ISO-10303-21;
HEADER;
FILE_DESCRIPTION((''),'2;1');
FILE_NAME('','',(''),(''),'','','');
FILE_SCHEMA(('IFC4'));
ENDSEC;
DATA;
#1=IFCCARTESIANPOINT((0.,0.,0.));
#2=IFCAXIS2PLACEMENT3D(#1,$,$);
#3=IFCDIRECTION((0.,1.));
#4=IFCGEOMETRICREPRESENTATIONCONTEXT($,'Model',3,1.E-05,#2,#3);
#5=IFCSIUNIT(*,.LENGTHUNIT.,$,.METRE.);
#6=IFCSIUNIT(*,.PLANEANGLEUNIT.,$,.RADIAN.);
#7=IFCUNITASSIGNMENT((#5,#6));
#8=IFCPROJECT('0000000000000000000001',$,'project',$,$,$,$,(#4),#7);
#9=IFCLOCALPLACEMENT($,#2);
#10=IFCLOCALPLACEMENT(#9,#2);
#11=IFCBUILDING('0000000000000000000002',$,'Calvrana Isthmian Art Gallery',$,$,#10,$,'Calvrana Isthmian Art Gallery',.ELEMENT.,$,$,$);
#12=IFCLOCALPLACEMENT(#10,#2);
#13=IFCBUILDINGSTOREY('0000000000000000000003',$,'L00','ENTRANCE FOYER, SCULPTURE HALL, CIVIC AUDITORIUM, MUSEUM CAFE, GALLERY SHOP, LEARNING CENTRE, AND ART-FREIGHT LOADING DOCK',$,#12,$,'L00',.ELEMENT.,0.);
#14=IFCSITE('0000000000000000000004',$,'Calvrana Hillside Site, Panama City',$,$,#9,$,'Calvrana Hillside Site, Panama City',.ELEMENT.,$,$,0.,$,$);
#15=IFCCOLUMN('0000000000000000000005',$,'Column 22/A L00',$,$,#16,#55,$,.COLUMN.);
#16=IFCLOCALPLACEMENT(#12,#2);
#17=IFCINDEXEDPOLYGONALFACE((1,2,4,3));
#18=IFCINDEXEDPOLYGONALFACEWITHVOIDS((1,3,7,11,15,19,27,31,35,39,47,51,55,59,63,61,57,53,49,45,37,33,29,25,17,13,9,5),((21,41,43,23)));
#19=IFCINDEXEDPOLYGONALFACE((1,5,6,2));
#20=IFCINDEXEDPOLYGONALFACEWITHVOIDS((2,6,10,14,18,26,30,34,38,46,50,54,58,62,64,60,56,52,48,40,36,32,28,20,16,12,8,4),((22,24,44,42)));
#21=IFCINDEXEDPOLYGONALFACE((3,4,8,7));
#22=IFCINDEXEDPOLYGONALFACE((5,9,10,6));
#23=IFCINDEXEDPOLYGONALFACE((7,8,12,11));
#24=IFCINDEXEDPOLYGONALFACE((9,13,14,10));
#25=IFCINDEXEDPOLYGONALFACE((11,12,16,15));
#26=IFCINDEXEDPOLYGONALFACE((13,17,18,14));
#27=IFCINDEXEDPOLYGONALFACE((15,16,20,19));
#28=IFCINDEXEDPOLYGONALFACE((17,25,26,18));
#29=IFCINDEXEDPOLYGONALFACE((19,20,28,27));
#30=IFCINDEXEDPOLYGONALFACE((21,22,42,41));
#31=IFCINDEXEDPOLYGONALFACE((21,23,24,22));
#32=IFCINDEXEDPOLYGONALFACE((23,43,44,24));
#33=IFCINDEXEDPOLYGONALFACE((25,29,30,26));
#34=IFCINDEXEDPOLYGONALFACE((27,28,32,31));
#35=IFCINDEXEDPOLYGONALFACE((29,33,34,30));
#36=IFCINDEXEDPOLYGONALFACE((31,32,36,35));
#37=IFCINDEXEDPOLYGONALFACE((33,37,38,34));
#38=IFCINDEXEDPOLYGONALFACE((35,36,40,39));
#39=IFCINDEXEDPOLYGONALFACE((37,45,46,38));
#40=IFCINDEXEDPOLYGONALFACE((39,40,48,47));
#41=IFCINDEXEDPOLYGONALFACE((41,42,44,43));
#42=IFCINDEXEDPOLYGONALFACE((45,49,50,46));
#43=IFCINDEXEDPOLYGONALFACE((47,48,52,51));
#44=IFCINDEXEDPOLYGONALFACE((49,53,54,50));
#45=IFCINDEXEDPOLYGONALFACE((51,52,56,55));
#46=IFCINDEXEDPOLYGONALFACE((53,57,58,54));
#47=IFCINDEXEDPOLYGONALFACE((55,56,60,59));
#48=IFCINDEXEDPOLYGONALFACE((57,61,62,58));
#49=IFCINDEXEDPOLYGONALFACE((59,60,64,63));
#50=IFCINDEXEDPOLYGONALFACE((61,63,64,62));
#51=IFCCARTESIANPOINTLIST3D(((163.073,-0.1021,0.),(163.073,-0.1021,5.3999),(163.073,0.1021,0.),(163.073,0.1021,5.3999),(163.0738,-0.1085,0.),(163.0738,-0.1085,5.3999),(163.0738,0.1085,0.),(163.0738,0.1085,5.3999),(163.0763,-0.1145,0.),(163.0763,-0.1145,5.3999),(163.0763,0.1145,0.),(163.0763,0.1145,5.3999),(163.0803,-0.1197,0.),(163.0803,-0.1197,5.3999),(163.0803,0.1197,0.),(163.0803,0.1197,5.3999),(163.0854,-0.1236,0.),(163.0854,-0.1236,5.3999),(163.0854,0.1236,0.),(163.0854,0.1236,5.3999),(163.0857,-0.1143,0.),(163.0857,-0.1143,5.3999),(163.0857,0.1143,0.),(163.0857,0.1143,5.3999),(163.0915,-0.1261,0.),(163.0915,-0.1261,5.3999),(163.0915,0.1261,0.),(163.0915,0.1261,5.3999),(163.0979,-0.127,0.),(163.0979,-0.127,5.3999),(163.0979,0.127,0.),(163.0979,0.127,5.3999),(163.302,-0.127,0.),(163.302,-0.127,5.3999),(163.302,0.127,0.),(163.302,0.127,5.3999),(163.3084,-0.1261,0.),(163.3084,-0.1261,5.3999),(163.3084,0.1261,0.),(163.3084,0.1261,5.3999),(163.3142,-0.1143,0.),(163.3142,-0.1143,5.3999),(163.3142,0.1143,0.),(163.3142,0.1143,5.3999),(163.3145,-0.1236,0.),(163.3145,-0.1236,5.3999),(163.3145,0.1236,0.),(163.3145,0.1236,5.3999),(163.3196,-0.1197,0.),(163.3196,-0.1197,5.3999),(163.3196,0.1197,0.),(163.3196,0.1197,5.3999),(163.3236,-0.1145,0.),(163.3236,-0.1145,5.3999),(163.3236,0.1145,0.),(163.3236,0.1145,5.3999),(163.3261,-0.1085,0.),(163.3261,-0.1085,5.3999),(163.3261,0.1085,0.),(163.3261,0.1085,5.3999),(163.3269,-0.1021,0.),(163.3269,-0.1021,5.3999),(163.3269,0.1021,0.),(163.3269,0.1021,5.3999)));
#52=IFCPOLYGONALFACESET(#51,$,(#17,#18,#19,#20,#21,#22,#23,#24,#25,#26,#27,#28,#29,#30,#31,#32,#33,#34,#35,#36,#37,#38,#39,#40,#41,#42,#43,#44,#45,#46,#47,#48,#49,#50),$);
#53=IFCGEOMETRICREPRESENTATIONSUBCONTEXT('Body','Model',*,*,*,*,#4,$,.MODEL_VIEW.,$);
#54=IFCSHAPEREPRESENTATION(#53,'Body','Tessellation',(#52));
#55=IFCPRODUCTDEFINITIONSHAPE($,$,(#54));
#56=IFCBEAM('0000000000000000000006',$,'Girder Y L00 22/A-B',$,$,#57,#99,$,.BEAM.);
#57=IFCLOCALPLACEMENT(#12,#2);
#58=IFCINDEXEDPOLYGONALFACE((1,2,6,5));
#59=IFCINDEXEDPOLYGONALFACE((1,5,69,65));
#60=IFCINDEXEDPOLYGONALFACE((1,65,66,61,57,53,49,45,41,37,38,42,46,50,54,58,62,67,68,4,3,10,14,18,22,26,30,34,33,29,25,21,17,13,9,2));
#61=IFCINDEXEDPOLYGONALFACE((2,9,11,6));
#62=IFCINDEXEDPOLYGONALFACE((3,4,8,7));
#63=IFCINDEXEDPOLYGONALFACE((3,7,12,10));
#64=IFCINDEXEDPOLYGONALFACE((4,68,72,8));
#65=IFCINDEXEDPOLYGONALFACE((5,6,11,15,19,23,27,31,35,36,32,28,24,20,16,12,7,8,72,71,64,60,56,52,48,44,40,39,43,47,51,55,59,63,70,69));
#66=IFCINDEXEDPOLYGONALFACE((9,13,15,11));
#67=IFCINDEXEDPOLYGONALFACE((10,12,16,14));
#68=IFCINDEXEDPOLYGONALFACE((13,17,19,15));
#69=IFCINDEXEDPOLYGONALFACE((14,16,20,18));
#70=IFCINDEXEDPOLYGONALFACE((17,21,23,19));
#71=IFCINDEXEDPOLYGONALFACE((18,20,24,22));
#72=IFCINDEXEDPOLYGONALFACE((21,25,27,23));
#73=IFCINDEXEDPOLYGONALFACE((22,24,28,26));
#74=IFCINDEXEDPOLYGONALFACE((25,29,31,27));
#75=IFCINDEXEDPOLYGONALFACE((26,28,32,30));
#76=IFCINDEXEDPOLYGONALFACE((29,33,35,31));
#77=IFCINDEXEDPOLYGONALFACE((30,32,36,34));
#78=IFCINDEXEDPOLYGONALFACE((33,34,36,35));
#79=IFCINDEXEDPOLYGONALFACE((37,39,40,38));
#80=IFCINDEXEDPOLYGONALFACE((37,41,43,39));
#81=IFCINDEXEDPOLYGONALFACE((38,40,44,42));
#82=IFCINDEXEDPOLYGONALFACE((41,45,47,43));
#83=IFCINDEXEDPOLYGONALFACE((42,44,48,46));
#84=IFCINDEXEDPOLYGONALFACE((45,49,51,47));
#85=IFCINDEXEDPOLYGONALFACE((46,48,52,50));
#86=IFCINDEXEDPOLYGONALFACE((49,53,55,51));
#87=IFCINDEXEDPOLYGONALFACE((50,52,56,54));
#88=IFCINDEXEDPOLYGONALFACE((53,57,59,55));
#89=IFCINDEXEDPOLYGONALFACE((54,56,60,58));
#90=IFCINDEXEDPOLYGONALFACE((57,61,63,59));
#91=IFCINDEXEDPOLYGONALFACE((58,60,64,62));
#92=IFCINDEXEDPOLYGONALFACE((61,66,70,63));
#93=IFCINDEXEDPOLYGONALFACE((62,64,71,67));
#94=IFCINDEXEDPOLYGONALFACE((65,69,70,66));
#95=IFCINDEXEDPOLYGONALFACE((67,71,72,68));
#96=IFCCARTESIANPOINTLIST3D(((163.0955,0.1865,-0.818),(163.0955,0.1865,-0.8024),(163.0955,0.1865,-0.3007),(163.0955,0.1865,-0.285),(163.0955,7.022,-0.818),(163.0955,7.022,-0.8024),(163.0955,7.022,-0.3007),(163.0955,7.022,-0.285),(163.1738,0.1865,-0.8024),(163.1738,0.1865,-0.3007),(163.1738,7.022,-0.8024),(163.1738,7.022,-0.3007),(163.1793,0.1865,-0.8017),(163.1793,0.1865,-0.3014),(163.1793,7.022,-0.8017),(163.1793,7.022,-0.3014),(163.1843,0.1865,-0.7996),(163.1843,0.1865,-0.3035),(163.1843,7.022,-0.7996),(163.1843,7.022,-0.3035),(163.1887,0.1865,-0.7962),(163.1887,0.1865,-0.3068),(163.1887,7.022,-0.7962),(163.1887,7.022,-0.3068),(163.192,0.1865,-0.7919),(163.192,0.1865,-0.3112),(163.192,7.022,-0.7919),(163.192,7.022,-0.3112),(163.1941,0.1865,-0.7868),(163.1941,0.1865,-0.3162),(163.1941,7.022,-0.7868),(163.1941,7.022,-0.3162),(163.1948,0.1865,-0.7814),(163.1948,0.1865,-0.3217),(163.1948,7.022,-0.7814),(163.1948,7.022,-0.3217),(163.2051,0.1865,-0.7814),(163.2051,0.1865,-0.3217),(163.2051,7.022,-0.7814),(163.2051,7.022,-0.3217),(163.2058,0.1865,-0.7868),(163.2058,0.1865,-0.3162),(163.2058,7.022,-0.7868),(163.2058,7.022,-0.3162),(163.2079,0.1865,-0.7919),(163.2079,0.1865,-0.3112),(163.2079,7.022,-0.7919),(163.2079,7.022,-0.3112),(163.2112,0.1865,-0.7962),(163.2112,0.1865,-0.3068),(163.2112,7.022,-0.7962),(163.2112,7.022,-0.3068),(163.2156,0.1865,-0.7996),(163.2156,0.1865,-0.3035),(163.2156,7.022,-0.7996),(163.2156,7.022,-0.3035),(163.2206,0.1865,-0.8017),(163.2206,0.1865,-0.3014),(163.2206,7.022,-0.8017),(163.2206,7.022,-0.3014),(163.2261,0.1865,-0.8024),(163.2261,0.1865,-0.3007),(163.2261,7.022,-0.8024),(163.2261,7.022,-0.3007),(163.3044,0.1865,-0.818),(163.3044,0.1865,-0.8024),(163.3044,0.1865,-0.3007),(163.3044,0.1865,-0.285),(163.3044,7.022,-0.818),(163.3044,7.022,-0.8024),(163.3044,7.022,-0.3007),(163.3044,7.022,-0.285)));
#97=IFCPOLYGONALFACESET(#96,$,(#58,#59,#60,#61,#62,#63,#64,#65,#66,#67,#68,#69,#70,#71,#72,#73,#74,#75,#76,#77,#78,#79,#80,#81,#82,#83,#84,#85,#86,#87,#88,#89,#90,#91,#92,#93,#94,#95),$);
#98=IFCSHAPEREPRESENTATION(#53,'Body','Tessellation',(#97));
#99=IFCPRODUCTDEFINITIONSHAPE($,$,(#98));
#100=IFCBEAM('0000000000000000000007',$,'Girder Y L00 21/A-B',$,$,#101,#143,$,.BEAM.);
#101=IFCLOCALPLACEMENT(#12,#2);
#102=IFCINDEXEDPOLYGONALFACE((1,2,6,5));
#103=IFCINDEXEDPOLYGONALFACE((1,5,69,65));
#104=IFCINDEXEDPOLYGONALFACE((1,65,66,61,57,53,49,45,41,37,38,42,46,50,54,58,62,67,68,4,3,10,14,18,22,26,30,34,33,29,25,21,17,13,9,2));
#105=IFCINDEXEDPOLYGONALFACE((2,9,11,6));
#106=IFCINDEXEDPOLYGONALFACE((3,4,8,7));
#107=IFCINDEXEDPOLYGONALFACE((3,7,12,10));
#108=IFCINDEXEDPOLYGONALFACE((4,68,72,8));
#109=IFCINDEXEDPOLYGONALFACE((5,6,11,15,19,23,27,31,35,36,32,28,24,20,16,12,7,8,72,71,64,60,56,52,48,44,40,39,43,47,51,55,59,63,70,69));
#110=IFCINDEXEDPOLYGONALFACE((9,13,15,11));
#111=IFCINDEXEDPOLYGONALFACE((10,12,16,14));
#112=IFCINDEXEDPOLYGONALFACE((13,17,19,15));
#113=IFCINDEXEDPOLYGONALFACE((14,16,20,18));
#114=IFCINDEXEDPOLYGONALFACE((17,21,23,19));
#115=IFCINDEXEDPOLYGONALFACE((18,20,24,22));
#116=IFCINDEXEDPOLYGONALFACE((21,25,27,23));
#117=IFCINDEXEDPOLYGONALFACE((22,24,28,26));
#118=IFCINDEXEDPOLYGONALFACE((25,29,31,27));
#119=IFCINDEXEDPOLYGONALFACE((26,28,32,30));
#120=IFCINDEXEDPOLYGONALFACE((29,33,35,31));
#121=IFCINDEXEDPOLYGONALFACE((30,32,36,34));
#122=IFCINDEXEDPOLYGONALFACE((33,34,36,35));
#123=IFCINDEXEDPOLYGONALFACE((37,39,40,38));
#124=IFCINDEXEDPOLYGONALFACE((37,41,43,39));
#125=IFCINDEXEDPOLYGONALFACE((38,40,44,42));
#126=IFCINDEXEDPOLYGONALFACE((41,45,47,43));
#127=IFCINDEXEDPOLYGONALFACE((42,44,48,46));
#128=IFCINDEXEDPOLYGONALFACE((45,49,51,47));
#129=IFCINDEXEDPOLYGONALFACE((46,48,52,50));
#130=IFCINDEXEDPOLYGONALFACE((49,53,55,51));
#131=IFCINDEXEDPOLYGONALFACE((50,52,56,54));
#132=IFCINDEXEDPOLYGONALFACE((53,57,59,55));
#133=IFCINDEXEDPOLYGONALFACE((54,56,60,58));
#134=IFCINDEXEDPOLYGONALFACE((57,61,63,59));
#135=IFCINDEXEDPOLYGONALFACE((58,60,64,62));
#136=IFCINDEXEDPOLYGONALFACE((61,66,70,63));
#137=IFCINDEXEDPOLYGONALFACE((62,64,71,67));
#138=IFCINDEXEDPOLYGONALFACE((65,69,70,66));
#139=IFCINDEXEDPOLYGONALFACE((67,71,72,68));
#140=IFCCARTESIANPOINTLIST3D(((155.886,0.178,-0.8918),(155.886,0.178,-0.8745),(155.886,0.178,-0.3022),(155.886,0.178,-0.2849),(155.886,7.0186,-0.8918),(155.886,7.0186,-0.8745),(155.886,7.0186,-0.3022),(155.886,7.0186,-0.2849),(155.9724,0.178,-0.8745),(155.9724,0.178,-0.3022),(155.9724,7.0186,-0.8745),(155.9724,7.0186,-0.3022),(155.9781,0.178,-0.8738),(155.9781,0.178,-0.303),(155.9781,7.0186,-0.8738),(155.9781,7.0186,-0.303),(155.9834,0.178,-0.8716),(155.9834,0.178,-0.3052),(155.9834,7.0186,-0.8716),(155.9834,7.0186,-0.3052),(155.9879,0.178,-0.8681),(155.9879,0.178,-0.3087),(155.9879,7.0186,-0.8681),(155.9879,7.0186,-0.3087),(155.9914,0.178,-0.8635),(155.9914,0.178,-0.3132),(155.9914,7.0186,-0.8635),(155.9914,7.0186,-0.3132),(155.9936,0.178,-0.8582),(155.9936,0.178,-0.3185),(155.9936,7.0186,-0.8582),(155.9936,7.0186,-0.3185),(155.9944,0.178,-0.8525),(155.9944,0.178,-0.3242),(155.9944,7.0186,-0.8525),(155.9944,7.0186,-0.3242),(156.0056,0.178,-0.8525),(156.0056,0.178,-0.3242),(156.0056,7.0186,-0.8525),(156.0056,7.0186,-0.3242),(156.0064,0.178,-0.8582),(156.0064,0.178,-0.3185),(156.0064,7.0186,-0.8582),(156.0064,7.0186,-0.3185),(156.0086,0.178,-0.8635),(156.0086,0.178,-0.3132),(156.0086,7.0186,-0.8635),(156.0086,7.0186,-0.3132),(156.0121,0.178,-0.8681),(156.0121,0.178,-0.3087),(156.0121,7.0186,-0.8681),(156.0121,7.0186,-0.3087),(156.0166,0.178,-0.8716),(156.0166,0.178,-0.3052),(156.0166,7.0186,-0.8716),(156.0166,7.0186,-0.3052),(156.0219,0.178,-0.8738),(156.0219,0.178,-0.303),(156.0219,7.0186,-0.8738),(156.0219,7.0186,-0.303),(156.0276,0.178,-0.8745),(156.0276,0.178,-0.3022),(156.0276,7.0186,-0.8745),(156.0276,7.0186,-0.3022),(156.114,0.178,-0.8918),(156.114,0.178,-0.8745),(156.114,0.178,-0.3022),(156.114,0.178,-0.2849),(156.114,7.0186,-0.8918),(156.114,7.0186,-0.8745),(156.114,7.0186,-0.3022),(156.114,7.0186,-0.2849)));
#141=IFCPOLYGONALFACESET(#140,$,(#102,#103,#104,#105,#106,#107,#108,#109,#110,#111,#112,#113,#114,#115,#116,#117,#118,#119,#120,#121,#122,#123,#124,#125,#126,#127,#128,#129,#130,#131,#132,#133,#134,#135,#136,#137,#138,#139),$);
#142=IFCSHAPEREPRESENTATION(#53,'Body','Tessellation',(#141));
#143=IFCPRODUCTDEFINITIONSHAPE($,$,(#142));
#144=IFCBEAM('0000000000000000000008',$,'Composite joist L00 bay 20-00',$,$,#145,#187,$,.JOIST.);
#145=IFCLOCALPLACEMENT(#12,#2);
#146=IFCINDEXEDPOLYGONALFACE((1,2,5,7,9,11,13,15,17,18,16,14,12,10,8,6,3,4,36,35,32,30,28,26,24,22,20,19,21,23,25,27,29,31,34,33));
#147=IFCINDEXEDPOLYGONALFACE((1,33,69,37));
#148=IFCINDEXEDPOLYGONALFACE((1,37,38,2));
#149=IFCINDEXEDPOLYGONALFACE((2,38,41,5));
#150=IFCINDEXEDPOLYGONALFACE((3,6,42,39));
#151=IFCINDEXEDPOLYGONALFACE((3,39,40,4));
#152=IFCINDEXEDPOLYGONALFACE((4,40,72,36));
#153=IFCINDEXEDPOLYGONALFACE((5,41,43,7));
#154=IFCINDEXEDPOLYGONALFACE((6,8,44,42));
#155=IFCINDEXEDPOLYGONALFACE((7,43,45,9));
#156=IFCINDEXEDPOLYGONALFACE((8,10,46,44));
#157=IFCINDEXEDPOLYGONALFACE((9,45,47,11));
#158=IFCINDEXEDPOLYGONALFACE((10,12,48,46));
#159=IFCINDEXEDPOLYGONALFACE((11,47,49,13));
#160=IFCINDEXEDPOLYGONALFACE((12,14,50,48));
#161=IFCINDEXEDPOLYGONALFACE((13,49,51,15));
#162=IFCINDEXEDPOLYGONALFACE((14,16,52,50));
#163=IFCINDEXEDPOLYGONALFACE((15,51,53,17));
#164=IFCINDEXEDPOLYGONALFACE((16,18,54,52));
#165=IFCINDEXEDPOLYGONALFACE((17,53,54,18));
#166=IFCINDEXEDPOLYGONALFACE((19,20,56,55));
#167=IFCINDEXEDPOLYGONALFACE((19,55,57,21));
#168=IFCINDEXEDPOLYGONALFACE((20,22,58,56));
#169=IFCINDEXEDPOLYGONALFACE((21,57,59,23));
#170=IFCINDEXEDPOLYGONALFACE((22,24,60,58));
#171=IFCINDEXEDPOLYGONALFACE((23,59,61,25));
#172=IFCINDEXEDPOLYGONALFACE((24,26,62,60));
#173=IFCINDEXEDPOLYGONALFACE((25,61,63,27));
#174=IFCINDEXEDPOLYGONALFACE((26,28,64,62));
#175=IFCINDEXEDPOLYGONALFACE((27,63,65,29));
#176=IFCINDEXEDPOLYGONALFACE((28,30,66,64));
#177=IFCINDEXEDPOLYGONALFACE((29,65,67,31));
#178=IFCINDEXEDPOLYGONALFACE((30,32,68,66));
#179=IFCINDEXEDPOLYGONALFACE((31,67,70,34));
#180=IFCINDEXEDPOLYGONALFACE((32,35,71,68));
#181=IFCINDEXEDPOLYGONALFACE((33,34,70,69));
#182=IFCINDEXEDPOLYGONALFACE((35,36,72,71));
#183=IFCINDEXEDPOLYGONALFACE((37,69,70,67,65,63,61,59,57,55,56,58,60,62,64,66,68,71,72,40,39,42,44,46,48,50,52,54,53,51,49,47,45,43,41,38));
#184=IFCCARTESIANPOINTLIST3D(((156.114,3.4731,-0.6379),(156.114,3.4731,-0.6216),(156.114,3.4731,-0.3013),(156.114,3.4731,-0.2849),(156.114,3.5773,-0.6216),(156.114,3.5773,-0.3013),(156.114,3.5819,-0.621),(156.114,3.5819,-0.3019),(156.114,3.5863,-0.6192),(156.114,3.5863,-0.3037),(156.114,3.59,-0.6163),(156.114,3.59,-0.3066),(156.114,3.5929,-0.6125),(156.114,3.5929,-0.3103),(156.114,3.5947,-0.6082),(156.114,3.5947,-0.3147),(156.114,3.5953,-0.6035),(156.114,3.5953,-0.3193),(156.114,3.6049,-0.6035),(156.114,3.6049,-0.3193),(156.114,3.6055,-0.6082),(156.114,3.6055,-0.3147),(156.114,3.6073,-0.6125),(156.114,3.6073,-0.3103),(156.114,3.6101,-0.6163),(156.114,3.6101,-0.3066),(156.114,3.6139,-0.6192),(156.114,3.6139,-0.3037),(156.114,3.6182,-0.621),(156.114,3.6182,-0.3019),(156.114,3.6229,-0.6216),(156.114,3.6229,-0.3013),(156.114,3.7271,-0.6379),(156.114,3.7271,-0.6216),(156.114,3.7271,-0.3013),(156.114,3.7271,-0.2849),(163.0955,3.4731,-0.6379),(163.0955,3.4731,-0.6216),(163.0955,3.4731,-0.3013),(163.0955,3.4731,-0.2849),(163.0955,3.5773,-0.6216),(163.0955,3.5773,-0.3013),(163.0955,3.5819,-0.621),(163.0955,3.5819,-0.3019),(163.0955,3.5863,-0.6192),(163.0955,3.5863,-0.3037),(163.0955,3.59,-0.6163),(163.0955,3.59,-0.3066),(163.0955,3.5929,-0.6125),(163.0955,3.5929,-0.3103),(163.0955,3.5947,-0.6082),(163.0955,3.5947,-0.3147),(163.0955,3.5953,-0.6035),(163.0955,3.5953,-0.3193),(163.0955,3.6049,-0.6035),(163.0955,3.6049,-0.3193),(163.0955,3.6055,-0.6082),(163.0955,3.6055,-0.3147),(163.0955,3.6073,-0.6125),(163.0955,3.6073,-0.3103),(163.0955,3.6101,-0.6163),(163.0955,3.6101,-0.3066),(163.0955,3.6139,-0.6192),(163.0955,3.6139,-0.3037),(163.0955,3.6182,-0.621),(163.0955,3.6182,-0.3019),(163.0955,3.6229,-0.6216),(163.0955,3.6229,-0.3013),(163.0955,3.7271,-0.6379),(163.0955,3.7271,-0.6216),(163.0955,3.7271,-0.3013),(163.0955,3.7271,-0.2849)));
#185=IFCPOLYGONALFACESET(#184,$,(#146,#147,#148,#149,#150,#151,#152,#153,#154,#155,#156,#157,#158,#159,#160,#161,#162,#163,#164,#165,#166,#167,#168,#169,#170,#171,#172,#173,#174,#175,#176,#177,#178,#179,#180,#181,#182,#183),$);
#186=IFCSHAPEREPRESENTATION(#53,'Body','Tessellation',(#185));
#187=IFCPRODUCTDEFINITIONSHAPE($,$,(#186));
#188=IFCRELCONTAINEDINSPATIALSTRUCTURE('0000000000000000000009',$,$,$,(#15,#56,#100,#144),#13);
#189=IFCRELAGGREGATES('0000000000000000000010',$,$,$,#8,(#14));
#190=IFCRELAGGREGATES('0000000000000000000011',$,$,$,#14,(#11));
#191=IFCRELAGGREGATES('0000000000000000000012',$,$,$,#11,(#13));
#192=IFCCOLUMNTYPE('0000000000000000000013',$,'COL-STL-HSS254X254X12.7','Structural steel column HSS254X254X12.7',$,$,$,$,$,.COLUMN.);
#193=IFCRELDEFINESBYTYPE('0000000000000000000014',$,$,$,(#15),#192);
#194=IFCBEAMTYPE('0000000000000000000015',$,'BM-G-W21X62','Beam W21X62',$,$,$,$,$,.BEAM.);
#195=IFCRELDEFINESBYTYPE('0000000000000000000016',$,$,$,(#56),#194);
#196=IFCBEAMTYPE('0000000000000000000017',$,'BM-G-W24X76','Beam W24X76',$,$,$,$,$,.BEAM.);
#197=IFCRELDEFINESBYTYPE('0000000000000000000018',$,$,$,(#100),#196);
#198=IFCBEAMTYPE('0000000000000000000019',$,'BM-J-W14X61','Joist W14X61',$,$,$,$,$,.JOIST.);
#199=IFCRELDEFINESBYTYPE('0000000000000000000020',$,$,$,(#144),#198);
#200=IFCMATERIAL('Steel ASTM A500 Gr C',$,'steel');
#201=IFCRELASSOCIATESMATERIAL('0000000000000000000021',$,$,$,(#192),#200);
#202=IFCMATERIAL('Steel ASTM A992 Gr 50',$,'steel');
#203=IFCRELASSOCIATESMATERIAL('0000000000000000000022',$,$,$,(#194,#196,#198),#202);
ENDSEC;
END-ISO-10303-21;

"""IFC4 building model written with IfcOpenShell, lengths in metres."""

from ifc_helpers import new_model, si_unit, direction, frame, origin, origin_2d, place, context, subcontext, project, spatial, hollow_rectangle, i_section, extrude, material, material_profile, profile_set, type_object, element, save


model = new_model("IFC4")

# Units and contexts
model_context = context("Model", 3, precision=1e-05, world=origin(), true_north=direction((0.0, 1.0)))
body_context = subcontext(model_context, "Body", "Model", "MODEL_VIEW")
ifc_project = project(units=[si_unit("LENGTHUNIT", "METRE"), si_unit("PLANEANGLEUNIT", "RADIAN")], contexts=[model_context])

# Site, building, storey
site_placement = place(None, origin())
site = spatial("IfcSite", under=ifc_project, at=site_placement, Name="Calvrana Hillside Site, Panama City", LongName="Calvrana Hillside Site, Panama City", CompositionType="ELEMENT", RefElevation=0.0)
building_placement = place(site_placement, origin())
building = spatial("IfcBuilding", under=site, at=building_placement, Name="Calvrana Isthmian Art Gallery", LongName="Calvrana Isthmian Art Gallery", CompositionType="ELEMENT")
storey_placement = place(building_placement, origin())
storey = spatial("IfcBuildingStorey", under=building, at=storey_placement, Name="L00", Description="ENTRANCE FOYER, SCULPTURE HALL, CIVIC AUDITORIUM, MUSEUM CAFE, GALLERY SHOP, LEARNING CENTRE, AND ART-FREIGHT LOADING DOCK", LongName="L00", CompositionType="ELEMENT", Elevation=0.0)

# Column
ifc_material_1 = material(Name="Steel ASTM A500 Gr C", Category="steel")
ifc_material_profile_1 = material_profile(ifc_material_1, hollow_rectangle(XDim=0.2539, YDim=0.2539, WallThickness=0.0127, OuterFilletRadius=0.0249, at=origin_2d()), Name="HSS254X254X12.7")
ifc_profile_set_1 = profile_set([ifc_material_profile_1], Name="Steel ASTM A500 Gr C")
column_type = type_object("IfcColumnType", Name="COL-STL-HSS254X254X12.7", Description="Structural steel column HSS254X254X12.7", PredefinedType="COLUMN", material=ifc_profile_set_1)
column_placement = place(storey_placement, frame((163.2, 0.0, 0.0), z_axis=(0.0, 0.0, 1.0), x_axis=(1.0, 0.0, 0.0)))
element("IfcColumn", 1, at=column_placement, inside=storey, type_object=column_type, Name="Column 22/A L00", PredefinedType="COLUMN", context=body_context, shape_type="SweptSolid", body=[
    extrude(hollow_rectangle(XDim=0.2539, YDim=0.2539, WallThickness=0.0127, OuterFilletRadius=0.0249, at=origin_2d()), origin(), (0.0, 0.0, 1.0), 5.3999),
])

# Beams
ifc_material_2 = material(Name="Steel ASTM A992 Gr 50", Category="steel")
ifc_material_profile_2 = material_profile(ifc_material_2, i_section(OverallWidth=0.209, OverallDepth=0.533, WebThickness=0.0103, FlangeThickness=0.0156, FilletRadius=0.021, at=origin_2d()), Name="W21X62")
ifc_profile_set_2 = profile_set([ifc_material_profile_2], Name="Steel ASTM A992 Gr 50")
beam_type_1 = type_object("IfcBeamType", Name="BM-G-W21X62", Description="Beam W21X62", PredefinedType="BEAM", material=ifc_profile_set_2)
beam_1_placement = place(storey_placement, frame((163.2, 0.1865, -0.5515), z_axis=(0.0, 1.0, 0.0), x_axis=(-1.0, 0.0, 0.0)))
element("IfcBeam", 2, at=beam_1_placement, inside=storey, type_object=beam_type_1, Name="Girder Y L00 22/A-B", PredefinedType="BEAM", context=body_context, shape_type="SweptSolid", body=[
    extrude(i_section(OverallWidth=0.209, OverallDepth=0.533, WebThickness=0.0103, FlangeThickness=0.0156, FilletRadius=0.021, at=origin_2d()), origin(), (0.0, 0.0, 1.0), 6.8354),
])
ifc_material_profile_3 = material_profile(ifc_material_2, i_section(OverallWidth=0.228, OverallDepth=0.6069, WebThickness=0.0112, FlangeThickness=0.0173, FilletRadius=0.022, at=origin_2d()), Name="W24X76")
ifc_profile_set_3 = profile_set([ifc_material_profile_3], Name="Steel ASTM A992 Gr 50")
beam_type_2 = type_object("IfcBeamType", Name="BM-G-W24X76", Description="Beam W24X76", PredefinedType="BEAM", material=ifc_profile_set_3)
beam_2_placement = place(storey_placement, frame((156.0, 0.178, -0.5884), z_axis=(0.0, 1.0, 0.0), x_axis=(-1.0, 0.0, 0.0)))
element("IfcBeam", 3, at=beam_2_placement, inside=storey, type_object=beam_type_2, Name="Girder Y L00 21/A-B", PredefinedType="BEAM", context=body_context, shape_type="SweptSolid", body=[
    extrude(i_section(OverallWidth=0.228, OverallDepth=0.6069, WebThickness=0.0112, FlangeThickness=0.0173, FilletRadius=0.022, at=origin_2d()), origin(), (0.0, 0.0, 1.0), 6.8406),
])
ifc_material_profile_4 = material_profile(ifc_material_2, i_section(OverallWidth=0.2539, OverallDepth=0.353, WebThickness=0.0095, FlangeThickness=0.0164, FilletRadius=0.0181, at=origin_2d()), Name="W14X61")
ifc_profile_set_4 = profile_set([ifc_material_profile_4], Name="Steel ASTM A992 Gr 50")
beam_type_3 = type_object("IfcBeamType", Name="BM-J-W14X61", Description="Joist W14X61", PredefinedType="JOIST", material=ifc_profile_set_4)
beam_3_placement = place(storey_placement, frame((156.114, 3.6001, -0.4614), z_axis=(1.0, 0.0, 0.0), x_axis=(0.0, 1.0, 0.0)))
element("IfcBeam", 4, at=beam_3_placement, inside=storey, type_object=beam_type_3, Name="Composite joist L00 bay 20-00", PredefinedType="JOIST", context=body_context, shape_type="SweptSolid", body=[
    extrude(i_section(OverallWidth=0.2539, OverallDepth=0.353, WebThickness=0.0095, FlangeThickness=0.0164, FilletRadius=0.0181, at=origin_2d()), origin(), (0.0, 0.0, 1.0), 6.9814),
])

save(model, "model.ifc")
